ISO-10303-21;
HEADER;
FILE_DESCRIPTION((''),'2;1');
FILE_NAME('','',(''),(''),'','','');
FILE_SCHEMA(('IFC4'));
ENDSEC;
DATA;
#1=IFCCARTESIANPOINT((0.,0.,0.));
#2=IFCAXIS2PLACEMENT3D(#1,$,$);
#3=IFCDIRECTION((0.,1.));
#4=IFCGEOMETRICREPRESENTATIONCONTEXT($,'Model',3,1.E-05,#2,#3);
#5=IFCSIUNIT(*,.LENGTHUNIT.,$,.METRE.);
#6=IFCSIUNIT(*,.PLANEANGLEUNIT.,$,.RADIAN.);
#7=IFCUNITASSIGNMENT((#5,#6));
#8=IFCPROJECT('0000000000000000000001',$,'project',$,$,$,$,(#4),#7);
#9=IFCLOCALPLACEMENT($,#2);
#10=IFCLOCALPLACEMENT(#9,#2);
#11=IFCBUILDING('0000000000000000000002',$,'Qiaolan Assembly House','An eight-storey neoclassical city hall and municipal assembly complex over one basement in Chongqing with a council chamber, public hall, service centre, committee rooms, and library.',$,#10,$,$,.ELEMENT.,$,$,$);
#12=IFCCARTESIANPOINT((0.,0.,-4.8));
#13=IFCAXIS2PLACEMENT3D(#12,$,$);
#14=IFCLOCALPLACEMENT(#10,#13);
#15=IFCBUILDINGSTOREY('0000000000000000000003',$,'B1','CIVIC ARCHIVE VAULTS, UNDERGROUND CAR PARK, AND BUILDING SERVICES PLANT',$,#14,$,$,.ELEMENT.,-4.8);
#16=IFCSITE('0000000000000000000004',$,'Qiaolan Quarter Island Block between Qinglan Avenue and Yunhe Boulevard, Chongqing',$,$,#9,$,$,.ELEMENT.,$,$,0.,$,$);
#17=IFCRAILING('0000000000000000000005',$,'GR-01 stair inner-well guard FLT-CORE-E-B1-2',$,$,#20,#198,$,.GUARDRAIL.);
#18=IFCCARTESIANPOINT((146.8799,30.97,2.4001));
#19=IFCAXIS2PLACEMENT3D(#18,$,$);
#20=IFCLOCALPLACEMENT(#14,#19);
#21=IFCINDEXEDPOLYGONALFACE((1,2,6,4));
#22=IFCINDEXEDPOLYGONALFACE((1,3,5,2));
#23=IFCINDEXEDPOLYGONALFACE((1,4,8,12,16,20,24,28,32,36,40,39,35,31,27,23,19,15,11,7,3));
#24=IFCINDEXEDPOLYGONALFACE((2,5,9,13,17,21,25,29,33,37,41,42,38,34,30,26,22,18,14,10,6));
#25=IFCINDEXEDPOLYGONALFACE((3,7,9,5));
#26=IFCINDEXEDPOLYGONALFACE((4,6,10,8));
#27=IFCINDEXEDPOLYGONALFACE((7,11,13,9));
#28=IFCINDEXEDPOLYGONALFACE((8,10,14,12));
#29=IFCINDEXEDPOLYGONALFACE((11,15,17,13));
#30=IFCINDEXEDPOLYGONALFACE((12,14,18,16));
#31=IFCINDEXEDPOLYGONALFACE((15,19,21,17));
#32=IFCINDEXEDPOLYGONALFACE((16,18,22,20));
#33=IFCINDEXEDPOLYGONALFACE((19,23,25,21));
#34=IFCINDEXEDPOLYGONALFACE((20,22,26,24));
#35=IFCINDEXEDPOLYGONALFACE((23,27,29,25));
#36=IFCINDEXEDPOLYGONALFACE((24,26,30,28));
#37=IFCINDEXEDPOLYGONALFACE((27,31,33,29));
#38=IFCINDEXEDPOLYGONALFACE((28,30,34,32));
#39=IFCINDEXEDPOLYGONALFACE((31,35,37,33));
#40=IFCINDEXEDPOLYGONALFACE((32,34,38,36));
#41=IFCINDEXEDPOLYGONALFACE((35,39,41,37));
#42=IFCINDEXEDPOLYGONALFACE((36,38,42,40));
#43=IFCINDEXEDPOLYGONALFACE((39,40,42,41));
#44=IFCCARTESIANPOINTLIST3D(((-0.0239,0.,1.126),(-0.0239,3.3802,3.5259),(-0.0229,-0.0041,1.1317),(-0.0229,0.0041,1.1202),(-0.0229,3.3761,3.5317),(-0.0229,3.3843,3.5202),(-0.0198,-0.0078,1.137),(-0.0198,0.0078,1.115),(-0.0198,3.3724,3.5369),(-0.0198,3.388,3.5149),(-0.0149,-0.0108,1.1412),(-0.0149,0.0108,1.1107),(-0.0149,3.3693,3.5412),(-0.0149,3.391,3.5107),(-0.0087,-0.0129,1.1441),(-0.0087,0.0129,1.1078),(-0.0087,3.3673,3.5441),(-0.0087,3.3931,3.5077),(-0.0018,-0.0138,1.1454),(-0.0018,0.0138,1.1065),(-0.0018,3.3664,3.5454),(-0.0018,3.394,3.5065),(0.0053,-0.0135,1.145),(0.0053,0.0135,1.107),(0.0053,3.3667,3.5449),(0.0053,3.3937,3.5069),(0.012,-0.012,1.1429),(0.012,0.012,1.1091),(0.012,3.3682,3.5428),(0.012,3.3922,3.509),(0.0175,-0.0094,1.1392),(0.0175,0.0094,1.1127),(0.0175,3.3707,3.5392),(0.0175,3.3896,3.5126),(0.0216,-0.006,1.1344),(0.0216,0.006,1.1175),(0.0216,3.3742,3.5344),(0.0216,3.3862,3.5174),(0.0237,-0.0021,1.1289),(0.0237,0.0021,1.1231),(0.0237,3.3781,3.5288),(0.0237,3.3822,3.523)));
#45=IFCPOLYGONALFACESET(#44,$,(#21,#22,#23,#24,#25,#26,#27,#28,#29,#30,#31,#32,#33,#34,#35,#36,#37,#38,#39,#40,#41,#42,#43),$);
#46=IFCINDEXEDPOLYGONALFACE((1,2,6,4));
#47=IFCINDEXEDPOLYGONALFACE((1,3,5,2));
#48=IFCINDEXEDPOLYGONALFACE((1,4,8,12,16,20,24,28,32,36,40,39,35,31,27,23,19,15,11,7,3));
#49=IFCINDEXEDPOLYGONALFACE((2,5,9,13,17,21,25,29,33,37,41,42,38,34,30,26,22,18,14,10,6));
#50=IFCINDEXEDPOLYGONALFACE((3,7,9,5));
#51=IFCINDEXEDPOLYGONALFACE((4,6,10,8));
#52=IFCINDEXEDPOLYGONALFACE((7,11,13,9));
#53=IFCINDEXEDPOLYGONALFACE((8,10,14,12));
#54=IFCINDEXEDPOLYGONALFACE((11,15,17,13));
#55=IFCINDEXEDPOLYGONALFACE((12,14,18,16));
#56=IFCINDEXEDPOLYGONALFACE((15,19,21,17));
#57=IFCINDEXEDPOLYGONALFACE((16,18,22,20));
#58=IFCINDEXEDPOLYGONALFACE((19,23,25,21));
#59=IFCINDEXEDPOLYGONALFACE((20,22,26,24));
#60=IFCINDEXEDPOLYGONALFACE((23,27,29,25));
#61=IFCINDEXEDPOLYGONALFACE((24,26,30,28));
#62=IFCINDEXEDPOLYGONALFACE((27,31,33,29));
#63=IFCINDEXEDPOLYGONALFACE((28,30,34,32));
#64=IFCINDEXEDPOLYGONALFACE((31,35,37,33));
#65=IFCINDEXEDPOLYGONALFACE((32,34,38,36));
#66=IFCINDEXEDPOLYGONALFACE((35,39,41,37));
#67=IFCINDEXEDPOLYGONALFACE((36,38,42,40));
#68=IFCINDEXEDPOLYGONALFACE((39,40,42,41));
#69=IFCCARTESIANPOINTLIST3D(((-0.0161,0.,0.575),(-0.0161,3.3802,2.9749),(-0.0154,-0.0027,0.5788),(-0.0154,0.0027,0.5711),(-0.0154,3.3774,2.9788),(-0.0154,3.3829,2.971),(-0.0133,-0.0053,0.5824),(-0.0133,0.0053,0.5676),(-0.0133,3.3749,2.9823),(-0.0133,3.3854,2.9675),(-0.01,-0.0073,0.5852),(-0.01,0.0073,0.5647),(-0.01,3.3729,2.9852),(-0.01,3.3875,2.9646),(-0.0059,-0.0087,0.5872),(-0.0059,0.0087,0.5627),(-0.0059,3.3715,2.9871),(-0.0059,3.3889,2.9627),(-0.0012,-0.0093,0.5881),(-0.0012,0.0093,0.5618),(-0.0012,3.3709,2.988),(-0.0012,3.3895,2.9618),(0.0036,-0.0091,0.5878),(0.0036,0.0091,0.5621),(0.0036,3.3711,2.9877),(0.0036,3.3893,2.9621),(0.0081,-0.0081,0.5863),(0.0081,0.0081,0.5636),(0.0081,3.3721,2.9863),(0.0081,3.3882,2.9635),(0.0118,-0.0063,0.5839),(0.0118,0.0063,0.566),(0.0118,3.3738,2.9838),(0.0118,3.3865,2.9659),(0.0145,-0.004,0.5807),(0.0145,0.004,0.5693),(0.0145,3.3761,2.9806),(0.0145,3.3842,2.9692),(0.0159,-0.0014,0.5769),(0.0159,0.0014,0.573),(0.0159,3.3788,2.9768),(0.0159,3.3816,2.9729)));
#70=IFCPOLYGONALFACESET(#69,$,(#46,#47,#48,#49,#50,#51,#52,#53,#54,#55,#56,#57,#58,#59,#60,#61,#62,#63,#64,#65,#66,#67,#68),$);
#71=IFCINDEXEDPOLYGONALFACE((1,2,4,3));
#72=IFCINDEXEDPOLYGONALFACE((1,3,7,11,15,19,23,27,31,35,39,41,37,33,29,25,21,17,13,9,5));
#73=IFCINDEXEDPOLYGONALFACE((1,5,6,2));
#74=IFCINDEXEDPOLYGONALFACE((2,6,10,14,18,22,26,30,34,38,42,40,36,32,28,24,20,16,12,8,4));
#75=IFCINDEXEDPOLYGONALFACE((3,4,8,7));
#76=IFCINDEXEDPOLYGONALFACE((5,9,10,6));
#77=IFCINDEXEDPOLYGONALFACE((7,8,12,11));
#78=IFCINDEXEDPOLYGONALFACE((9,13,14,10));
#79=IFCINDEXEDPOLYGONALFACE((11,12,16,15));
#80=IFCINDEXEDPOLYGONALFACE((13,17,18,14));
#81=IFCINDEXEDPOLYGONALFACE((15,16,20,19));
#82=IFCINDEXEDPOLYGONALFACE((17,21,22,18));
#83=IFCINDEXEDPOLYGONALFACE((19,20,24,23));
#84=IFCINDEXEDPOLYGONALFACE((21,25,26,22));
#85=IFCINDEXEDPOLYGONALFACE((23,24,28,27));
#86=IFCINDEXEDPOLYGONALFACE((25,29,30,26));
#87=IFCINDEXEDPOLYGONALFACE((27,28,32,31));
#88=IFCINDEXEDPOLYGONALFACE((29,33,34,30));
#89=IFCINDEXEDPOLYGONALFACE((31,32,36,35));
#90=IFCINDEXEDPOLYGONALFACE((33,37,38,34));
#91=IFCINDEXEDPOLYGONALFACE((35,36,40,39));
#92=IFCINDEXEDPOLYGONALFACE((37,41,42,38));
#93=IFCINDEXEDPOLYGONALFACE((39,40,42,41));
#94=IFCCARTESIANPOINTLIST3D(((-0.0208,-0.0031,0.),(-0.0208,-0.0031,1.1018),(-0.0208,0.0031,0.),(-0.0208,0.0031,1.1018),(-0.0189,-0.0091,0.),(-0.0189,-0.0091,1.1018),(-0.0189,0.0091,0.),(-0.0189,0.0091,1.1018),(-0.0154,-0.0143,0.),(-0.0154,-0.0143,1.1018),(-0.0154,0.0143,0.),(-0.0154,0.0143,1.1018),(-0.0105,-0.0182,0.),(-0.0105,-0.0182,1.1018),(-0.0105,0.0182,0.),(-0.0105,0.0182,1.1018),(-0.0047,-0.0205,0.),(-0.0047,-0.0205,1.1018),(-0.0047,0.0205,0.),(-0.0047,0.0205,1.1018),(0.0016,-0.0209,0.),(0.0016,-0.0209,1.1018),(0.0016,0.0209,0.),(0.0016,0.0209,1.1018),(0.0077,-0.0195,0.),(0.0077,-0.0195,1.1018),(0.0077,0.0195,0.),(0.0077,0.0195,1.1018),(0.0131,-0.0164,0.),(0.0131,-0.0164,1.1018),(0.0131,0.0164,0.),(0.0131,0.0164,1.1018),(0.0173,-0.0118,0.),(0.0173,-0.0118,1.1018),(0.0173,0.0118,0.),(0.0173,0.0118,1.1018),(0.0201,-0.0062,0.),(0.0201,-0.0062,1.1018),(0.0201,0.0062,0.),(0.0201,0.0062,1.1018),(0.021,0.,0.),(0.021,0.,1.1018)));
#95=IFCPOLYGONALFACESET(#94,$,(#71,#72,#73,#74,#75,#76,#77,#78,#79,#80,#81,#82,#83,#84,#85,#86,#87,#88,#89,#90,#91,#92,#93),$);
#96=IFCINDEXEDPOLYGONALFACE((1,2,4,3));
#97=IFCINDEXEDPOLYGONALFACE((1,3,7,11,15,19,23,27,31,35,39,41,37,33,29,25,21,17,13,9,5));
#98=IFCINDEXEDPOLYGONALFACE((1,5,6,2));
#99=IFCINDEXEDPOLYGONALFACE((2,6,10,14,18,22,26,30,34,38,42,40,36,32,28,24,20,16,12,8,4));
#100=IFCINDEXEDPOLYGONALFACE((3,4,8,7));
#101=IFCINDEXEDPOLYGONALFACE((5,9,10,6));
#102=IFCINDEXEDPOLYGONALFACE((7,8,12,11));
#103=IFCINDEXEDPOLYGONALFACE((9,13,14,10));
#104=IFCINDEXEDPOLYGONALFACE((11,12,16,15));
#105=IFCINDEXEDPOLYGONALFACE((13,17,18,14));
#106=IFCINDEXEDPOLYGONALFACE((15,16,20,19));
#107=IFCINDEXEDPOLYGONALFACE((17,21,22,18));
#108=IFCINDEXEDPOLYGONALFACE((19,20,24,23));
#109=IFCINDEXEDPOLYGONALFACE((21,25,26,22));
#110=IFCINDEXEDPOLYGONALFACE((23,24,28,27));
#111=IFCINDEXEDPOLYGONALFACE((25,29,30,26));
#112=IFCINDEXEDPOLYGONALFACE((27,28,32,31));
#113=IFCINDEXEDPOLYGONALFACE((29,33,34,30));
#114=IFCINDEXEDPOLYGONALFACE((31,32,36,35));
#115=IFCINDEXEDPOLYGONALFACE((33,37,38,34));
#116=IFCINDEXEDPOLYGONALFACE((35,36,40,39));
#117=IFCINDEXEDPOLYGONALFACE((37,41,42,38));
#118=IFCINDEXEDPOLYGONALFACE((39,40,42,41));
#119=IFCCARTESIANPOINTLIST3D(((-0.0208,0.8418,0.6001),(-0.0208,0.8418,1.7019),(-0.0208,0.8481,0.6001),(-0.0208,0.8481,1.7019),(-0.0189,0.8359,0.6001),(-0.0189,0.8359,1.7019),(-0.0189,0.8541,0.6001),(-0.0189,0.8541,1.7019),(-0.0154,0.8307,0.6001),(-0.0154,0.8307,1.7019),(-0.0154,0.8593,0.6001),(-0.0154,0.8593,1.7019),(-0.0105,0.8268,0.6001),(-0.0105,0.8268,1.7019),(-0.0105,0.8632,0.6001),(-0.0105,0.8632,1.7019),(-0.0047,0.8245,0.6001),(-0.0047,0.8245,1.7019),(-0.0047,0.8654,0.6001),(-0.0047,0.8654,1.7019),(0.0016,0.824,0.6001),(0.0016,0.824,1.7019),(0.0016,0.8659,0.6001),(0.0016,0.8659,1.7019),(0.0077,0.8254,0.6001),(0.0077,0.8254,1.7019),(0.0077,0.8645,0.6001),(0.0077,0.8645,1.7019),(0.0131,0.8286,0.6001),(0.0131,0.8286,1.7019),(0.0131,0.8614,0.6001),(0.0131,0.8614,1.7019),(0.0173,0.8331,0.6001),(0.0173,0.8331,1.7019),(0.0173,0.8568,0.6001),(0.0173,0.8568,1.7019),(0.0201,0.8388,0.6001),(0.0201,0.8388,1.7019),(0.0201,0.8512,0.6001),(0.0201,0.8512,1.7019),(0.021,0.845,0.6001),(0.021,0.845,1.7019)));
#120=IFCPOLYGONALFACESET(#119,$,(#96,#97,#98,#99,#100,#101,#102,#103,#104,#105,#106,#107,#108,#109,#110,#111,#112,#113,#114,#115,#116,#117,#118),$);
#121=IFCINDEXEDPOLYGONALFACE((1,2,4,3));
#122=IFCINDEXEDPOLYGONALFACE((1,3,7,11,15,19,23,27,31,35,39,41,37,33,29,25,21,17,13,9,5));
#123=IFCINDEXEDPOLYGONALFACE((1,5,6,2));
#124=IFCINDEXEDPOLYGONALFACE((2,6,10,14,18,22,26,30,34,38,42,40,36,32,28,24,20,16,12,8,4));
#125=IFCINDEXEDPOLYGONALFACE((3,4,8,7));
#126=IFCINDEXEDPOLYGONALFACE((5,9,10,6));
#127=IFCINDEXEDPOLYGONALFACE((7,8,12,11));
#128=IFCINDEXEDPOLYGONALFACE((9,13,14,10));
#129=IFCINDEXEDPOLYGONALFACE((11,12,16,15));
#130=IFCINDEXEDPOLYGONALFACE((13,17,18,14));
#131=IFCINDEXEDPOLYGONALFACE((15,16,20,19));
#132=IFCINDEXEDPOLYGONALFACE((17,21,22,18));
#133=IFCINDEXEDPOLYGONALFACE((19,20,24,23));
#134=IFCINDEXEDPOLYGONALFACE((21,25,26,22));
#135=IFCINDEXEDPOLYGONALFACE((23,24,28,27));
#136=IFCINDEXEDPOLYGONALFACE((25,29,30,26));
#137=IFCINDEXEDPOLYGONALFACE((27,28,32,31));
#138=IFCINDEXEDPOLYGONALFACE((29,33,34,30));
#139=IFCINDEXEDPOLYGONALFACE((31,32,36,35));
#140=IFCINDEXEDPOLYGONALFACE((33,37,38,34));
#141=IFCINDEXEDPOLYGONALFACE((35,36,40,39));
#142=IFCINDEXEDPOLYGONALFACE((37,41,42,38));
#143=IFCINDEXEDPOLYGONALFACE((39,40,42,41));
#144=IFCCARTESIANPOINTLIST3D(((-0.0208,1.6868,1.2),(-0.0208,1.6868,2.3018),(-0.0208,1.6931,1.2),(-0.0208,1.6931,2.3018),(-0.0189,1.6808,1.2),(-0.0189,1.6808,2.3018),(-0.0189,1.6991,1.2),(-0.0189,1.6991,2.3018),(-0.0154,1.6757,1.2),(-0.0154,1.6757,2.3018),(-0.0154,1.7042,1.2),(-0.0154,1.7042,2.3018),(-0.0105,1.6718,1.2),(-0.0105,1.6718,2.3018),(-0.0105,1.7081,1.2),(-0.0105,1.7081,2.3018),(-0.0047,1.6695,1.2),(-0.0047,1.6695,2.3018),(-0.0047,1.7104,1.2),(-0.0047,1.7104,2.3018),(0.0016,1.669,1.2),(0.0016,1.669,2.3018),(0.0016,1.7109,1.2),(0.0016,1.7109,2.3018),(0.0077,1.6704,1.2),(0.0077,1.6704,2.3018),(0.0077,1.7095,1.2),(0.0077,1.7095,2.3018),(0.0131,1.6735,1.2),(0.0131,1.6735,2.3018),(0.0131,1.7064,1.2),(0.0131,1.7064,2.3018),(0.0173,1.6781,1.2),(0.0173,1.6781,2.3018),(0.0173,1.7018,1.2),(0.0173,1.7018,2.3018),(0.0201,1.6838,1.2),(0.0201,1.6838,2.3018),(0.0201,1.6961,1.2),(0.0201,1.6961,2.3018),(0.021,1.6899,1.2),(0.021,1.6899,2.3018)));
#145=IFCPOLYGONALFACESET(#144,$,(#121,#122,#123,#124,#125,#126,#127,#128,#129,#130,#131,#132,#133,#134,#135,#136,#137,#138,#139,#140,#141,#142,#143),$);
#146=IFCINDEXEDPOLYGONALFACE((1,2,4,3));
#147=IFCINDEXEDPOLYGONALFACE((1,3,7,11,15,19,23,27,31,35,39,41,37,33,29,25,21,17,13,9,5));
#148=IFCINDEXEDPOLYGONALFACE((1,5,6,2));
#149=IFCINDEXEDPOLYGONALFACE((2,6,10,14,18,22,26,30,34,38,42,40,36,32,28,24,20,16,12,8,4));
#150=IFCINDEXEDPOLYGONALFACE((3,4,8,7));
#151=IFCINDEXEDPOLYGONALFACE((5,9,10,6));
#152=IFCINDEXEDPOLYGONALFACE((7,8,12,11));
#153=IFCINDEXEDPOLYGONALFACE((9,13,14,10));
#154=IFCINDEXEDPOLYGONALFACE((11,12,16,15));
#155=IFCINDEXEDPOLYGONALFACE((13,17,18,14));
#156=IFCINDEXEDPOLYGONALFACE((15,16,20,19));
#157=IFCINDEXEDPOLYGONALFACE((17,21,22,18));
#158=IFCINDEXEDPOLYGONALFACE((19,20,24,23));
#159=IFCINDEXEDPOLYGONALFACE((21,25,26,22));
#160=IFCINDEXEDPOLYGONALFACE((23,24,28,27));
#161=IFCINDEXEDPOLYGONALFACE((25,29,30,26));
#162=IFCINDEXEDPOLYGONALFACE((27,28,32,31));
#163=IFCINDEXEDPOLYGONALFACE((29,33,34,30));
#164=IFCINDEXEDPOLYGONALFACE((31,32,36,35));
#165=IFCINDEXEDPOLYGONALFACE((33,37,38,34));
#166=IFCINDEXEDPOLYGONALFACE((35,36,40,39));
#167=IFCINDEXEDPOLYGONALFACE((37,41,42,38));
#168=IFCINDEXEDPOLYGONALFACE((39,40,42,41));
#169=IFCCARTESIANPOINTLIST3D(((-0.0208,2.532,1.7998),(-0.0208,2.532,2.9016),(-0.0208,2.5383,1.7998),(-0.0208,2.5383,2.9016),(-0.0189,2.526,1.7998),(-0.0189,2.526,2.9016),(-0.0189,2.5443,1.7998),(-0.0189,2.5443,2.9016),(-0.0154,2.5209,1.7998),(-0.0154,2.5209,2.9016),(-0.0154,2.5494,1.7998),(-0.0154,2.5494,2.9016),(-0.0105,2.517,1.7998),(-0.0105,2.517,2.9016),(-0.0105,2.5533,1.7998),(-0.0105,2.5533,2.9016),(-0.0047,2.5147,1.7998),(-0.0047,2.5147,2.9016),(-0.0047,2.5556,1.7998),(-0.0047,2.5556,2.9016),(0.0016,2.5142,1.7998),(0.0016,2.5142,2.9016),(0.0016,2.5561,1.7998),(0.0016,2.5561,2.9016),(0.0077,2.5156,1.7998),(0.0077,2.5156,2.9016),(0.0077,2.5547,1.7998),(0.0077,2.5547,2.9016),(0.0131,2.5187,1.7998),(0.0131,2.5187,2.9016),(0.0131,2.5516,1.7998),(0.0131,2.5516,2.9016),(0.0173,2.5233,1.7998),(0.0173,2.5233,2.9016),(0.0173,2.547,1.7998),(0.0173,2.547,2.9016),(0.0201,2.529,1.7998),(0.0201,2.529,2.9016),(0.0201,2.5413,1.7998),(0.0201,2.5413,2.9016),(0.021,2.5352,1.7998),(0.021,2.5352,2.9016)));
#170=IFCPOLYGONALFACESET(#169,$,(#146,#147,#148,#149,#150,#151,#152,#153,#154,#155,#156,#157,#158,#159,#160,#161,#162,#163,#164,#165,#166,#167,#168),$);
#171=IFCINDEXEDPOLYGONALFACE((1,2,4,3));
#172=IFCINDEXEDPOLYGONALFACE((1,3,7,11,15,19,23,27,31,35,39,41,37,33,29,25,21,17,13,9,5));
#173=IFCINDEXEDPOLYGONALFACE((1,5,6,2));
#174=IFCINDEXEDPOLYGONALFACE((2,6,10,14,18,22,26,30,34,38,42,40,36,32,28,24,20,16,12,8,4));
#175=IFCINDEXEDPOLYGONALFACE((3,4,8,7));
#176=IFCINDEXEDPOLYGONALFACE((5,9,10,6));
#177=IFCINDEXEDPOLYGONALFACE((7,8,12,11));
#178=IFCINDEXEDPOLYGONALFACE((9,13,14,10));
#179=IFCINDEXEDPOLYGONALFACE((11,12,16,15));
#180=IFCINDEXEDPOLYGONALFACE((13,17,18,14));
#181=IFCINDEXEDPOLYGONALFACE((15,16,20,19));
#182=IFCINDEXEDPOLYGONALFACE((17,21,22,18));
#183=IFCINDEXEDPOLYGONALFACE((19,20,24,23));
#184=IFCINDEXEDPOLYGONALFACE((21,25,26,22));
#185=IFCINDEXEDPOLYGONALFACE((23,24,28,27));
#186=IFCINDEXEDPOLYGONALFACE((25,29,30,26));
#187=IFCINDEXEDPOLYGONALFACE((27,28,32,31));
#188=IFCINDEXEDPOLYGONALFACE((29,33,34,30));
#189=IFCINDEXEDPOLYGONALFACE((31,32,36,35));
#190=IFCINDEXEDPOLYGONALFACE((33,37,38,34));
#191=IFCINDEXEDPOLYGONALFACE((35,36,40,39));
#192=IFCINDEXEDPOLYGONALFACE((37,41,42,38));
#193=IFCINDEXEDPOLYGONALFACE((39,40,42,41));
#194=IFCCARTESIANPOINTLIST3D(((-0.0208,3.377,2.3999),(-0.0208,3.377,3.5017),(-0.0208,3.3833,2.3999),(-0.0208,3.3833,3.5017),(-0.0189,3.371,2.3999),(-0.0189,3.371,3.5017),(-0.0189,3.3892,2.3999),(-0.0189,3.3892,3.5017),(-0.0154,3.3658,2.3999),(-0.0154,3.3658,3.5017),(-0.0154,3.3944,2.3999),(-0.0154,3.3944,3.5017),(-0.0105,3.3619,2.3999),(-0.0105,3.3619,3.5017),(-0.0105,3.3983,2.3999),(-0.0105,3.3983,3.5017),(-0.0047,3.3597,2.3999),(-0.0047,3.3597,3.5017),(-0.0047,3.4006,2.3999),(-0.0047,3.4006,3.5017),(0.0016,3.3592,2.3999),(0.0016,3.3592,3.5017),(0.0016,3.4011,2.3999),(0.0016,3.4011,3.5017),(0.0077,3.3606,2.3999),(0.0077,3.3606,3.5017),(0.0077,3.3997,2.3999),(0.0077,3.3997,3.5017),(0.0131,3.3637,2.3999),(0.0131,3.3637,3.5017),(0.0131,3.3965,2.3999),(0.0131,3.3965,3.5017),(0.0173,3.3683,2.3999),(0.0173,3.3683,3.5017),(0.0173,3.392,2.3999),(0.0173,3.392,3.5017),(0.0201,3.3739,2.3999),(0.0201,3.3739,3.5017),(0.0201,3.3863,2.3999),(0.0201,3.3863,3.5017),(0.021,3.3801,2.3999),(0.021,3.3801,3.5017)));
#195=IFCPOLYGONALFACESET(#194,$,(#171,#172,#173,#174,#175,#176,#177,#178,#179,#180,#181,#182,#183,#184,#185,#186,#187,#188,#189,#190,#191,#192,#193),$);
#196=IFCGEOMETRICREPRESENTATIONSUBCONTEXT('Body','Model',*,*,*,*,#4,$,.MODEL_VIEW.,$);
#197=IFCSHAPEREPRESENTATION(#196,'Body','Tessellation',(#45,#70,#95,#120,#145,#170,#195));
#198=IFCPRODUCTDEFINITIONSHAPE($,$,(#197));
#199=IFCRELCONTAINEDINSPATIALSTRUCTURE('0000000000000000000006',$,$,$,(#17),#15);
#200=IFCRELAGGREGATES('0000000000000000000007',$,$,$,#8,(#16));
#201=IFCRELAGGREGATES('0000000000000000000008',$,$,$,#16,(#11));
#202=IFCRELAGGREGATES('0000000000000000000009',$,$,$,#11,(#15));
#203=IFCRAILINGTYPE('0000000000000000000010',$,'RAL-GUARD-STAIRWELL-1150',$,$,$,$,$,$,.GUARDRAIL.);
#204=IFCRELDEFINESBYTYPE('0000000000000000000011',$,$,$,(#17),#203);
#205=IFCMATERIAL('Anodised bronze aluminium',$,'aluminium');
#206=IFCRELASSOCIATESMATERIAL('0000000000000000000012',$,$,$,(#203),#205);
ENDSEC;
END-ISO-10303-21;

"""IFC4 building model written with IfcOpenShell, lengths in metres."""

from ifc_helpers import new_model, si_unit, direction, frame, origin, origin_2d, place, context, subcontext, project, spatial, circle, extrude, material, type_object, element, save


model = new_model("IFC4")

# Units and contexts
model_context = context("Model", 3, precision=1e-05, world=origin(), true_north=direction((0.0, 1.0)))
body_context = subcontext(model_context, "Body", "Model", "MODEL_VIEW")
ifc_project = project(units=[si_unit("LENGTHUNIT", "METRE"), si_unit("PLANEANGLEUNIT", "RADIAN")], contexts=[model_context])

# Site, building, storey
site_placement = place(None, origin())
site = spatial("IfcSite", under=ifc_project, at=site_placement, Name="Qiaolan Quarter Island Block between Qinglan Avenue and Yunhe Boulevard, Chongqing", CompositionType="ELEMENT", RefElevation=0.0)
building_placement = place(site_placement, origin())
building = spatial("IfcBuilding", under=site, at=building_placement, Name="Qiaolan Assembly House", Description="An eight-storey neoclassical city hall and municipal assembly complex over one basement in Chongqing with a council chamber, public hall, service centre, committee rooms, and library.", CompositionType="ELEMENT")
storey_placement = place(building_placement, frame((0.0, 0.0, -4.8)))
storey = spatial("IfcBuildingStorey", under=building, at=storey_placement, Name="B1", Description="CIVIC ARCHIVE VAULTS, UNDERGROUND CAR PARK, AND BUILDING SERVICES PLANT", CompositionType="ELEMENT", Elevation=-4.8)

# Railing
ifc_material_1 = material(Name="Anodised bronze aluminium", Category="aluminium")
railing_type_1 = type_object("IfcRailingType", Name="RAL-GUARD-STAIRWELL-1150", PredefinedType="GUARDRAIL", material=ifc_material_1)
railing_1_placement = place(storey_placement, frame((146.8799, 30.97, 2.4001)))
element("IfcRailing", 1, at=railing_1_placement, inside=storey, type_object=railing_type_1, Name="GR-01 stair inner-well guard FLT-CORE-E-B1-2", PredefinedType="GUARDRAIL", context=body_context, shape_type="SweptSolid", body=[
    extrude(circle(Radius=0.0239, at=origin_2d()), frame((0.0, 0.0, 1.126), z_axis=(0.0, 0.815382, 0.578924), x_axis=(-1.0, 0.0, 0.0)), (0.0, 0.0, 1.0), 4.1455),
    extrude(circle(Radius=0.0161, at=origin_2d()), frame((0.0, 0.0, 0.575), z_axis=(0.0, 0.815382, 0.578924), x_axis=(-1.0, 0.0, 0.0)), (0.0, 0.0, 1.0), 4.1455),
    extrude(circle(Radius=0.021, at=origin_2d()), origin(), (0.0, 0.0, 1.0), 1.1018),
    extrude(circle(Radius=0.021, at=origin_2d()), frame((0.0, 0.845, 0.6001)), (0.0, 0.0, 1.0), 1.1018),
    extrude(circle(Radius=0.021, at=origin_2d()), frame((0.0, 1.6899, 1.2)), (0.0, 0.0, 1.0), 1.1018),
    extrude(circle(Radius=0.021, at=origin_2d()), frame((0.0, 2.5352, 1.7998)), (0.0, 0.0, 1.0), 1.1018),
    extrude(circle(Radius=0.021, at=origin_2d()), frame((0.0, 3.3801, 2.3999)), (0.0, 0.0, 1.0), 1.1018),
])

save(model, "model.ifc")
